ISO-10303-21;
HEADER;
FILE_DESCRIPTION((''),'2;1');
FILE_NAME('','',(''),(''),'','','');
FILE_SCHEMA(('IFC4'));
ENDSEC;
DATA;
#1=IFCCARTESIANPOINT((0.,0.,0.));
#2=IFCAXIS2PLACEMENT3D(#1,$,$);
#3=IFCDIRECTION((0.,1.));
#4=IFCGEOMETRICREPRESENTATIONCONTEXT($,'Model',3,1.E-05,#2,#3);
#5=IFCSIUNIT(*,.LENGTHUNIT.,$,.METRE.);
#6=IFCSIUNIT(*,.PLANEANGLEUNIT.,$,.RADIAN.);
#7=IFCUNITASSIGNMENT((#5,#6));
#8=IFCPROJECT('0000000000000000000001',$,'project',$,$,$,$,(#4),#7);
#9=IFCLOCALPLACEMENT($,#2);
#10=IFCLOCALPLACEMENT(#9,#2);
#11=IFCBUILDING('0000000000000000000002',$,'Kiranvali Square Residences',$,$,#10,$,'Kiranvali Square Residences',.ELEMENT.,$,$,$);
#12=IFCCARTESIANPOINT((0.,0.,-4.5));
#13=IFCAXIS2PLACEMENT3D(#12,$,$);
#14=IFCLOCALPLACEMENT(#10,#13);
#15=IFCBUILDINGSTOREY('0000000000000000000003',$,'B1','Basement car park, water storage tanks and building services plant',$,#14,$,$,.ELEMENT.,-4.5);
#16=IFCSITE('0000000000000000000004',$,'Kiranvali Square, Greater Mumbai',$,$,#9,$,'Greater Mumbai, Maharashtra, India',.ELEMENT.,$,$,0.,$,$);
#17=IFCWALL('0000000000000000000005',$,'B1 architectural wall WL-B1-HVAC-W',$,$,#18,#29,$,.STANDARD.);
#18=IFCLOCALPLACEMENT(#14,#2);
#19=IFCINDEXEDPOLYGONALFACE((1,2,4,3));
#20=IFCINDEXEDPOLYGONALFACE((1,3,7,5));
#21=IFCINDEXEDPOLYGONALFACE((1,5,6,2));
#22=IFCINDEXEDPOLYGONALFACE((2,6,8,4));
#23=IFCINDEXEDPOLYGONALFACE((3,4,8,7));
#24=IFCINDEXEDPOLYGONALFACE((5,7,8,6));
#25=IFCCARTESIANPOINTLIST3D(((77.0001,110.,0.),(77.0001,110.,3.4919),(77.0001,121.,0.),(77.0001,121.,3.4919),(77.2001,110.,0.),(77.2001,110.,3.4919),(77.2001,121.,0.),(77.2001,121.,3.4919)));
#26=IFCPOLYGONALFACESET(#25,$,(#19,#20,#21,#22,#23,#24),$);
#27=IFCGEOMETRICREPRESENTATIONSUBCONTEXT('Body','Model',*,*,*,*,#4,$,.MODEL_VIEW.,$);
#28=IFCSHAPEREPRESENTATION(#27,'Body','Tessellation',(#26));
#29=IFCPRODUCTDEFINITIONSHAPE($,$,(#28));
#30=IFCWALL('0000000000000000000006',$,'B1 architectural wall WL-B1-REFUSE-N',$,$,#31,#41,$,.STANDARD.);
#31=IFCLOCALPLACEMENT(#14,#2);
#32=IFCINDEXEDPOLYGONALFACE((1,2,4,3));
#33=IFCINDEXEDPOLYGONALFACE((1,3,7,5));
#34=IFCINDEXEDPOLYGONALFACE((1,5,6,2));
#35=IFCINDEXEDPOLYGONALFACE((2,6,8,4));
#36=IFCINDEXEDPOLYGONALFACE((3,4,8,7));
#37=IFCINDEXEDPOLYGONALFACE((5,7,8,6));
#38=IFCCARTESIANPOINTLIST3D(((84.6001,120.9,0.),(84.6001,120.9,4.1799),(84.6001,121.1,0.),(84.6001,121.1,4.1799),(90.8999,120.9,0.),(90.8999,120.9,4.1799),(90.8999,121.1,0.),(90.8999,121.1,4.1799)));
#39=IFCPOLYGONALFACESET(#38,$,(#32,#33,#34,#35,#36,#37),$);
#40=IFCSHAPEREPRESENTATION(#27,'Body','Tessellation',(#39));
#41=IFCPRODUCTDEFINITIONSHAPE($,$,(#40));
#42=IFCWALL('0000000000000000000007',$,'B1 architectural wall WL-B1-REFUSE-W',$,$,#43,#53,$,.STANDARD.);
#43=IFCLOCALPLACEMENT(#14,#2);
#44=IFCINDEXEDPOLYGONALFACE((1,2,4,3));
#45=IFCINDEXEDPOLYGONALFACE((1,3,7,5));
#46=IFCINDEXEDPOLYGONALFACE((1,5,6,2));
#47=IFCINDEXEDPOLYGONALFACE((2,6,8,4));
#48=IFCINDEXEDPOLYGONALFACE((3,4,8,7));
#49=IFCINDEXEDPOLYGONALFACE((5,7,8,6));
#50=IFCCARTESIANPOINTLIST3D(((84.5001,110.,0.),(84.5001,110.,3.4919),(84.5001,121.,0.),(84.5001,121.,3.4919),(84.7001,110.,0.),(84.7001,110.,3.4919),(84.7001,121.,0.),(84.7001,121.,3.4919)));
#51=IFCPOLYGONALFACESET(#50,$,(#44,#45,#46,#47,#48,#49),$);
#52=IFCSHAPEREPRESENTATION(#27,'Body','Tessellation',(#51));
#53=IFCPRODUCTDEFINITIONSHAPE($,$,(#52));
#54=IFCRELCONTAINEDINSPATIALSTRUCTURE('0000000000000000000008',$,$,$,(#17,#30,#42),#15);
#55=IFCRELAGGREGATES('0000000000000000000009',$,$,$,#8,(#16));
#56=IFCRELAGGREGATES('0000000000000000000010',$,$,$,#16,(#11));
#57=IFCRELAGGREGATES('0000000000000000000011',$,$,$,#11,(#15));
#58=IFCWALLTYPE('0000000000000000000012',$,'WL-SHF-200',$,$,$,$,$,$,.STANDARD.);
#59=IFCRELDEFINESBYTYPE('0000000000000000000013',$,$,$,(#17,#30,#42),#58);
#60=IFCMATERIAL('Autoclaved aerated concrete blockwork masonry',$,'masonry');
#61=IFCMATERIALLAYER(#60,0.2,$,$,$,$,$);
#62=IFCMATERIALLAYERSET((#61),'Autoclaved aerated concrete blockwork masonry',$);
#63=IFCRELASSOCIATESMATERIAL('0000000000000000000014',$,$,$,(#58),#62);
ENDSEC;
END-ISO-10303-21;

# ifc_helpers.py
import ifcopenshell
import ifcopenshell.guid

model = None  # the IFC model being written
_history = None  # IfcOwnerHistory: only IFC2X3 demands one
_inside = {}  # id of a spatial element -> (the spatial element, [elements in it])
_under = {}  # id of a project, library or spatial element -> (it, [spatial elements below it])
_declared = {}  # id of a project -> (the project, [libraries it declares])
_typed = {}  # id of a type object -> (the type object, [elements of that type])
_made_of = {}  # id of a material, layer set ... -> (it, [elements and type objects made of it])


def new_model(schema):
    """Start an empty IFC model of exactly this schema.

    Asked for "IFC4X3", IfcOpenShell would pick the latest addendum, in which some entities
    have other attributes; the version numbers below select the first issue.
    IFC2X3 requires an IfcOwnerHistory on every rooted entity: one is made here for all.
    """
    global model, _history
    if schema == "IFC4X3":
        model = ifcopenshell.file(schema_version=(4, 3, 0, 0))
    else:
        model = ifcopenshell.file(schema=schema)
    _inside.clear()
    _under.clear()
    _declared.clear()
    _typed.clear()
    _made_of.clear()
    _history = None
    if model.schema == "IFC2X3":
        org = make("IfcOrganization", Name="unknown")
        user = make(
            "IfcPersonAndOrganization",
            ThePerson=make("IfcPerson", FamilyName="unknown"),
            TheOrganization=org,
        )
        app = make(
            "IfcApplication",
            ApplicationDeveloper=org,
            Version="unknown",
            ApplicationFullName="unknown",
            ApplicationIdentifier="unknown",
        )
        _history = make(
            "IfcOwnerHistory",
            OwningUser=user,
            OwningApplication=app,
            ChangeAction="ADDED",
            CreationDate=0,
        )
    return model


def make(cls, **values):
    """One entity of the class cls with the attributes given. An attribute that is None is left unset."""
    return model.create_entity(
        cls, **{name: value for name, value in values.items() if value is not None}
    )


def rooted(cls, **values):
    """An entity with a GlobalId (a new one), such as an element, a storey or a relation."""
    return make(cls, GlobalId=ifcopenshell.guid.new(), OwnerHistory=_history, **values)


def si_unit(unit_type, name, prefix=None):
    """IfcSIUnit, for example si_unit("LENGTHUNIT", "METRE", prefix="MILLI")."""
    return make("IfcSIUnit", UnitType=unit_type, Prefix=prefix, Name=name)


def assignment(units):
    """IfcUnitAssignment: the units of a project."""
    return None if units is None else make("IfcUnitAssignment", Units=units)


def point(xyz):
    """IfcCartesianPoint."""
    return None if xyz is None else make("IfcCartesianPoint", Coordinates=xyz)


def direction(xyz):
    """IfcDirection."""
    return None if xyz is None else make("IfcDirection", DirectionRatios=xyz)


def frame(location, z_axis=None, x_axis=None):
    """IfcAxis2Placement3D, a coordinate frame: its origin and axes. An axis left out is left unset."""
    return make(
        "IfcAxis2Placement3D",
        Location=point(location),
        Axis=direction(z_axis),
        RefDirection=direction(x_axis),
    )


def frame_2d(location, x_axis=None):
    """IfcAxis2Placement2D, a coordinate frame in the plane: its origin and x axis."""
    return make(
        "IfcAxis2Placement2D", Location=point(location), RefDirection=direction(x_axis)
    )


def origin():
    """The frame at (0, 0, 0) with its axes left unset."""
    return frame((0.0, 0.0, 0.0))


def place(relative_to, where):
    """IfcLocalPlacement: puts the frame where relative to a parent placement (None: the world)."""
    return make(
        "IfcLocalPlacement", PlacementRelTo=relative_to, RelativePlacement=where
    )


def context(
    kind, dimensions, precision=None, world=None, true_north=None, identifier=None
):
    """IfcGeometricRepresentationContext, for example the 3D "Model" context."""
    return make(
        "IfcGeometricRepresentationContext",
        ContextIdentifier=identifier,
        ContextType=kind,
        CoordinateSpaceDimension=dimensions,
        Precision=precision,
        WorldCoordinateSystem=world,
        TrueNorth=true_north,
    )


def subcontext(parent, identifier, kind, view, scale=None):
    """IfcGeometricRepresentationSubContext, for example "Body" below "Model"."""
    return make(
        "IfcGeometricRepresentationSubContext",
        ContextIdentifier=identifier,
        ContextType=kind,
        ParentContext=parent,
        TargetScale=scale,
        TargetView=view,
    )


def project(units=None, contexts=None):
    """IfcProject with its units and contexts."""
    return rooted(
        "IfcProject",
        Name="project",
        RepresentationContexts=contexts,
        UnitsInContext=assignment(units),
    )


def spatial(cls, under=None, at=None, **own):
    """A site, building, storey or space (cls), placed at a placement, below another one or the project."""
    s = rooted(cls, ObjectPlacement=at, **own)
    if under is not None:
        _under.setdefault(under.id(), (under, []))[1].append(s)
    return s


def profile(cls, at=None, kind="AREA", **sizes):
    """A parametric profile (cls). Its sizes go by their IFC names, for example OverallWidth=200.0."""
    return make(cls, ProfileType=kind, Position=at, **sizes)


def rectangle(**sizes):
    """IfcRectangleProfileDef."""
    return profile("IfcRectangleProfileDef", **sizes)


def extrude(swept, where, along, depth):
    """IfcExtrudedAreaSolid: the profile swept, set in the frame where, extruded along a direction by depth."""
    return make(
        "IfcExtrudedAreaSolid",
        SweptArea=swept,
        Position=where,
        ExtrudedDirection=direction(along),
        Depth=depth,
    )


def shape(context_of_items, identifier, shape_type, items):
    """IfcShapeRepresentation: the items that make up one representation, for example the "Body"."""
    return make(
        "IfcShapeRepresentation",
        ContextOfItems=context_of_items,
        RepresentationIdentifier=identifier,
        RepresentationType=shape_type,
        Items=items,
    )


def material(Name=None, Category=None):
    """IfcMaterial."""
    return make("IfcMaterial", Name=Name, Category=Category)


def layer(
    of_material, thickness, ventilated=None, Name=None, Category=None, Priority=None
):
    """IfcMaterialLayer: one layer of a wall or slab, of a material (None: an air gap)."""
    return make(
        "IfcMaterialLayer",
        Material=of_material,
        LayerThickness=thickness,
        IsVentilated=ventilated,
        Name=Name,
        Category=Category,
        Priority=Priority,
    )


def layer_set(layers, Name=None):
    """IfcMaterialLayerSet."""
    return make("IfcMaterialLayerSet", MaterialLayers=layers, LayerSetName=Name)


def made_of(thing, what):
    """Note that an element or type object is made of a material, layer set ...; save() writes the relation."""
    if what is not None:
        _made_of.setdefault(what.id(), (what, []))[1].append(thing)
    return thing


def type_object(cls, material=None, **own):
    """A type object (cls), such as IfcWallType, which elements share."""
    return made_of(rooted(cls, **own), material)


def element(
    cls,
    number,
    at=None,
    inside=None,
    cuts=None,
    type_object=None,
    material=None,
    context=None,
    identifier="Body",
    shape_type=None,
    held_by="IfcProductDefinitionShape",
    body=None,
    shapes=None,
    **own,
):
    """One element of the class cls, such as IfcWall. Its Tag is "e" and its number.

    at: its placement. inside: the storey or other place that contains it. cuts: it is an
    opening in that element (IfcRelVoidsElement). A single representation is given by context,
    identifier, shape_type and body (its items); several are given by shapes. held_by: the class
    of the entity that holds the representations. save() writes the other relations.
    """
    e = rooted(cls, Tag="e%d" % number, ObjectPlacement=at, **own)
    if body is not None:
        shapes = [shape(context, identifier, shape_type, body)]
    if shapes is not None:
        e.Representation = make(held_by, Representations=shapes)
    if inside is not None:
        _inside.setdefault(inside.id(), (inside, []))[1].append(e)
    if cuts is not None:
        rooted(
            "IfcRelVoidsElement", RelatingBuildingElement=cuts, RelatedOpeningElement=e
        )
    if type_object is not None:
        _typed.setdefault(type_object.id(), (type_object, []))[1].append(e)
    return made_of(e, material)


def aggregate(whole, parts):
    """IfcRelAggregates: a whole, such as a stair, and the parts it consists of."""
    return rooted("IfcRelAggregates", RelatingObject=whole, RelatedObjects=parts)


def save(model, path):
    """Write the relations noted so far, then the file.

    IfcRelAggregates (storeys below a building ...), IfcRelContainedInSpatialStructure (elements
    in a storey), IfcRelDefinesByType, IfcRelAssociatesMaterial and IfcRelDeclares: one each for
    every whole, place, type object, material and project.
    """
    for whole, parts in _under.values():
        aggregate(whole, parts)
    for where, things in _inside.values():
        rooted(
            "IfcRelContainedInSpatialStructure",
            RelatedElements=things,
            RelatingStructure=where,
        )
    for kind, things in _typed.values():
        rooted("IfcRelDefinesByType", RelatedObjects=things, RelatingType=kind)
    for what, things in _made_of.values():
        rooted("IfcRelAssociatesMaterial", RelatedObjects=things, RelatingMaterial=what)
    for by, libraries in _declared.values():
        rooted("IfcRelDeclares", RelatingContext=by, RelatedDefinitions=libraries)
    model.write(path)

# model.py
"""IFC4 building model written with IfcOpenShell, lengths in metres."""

from ifc_helpers import new_model, si_unit, direction, frame, frame_2d, origin, place, context, subcontext, project, spatial, rectangle, extrude, material, layer, layer_set, type_object, element, save


model = new_model("IFC4")

# Units and contexts
model_context = context("Model", 3, precision=1e-05, world=origin(), true_north=direction((0.0, 1.0)))
body_context = subcontext(model_context, "Body", "Model", "MODEL_VIEW")
ifc_project = project(units=[si_unit("LENGTHUNIT", "METRE"), si_unit("PLANEANGLEUNIT", "RADIAN")], contexts=[model_context])

# Site, building, storey
site_placement = place(None, origin())
site = spatial("IfcSite", under=ifc_project, at=site_placement, Name="Kiranvali Square, Greater Mumbai", LongName="Greater Mumbai, Maharashtra, India", CompositionType="ELEMENT", RefElevation=0.0)
building_placement = place(site_placement, origin())
building = spatial("IfcBuilding", under=site, at=building_placement, Name="Kiranvali Square Residences", LongName="Kiranvali Square Residences", CompositionType="ELEMENT")
storey_placement = place(building_placement, frame((0.0, 0.0, -4.5)))
storey = spatial("IfcBuildingStorey", under=building, at=storey_placement, Name="B1", Description="Basement car park, water storage tanks and building services plant", CompositionType="ELEMENT", Elevation=-4.5)

# Walls
ifc_material_1 = material(Name="Autoclaved aerated concrete blockwork masonry", Category="masonry")
ifc_layer = layer(ifc_material_1, 0.2)
ifc_layer_set = layer_set([ifc_layer], Name="Autoclaved aerated concrete blockwork masonry")
wall_type = type_object("IfcWallType", Name="WL-SHF-200", PredefinedType="STANDARD", material=ifc_layer_set)
wall_1_placement = place(storey_placement, frame((77.1001, 121.0, 0.0), z_axis=(0.0, 0.0, 1.0), x_axis=(0.0, -1.0, 0.0)))
element("IfcWall", 1, at=wall_1_placement, inside=storey, type_object=wall_type, Name="B1 architectural wall WL-B1-HVAC-W", PredefinedType="STANDARD", context=body_context, shape_type="SweptSolid", body=[
    extrude(rectangle(XDim=11.0, YDim=0.2, at=frame_2d((5.5, 0.0))), origin(), (0.0, 0.0, 1.0), 3.4919),
])
wall_2_placement = place(storey_placement, frame((90.8999, 121.0, 0.0), z_axis=(0.0, 0.0, 1.0), x_axis=(-1.0, 0.0, 0.0)))
element("IfcWall", 2, at=wall_2_placement, inside=storey, type_object=wall_type, Name="B1 architectural wall WL-B1-REFUSE-N", PredefinedType="STANDARD", context=body_context, shape_type="SweptSolid", body=[
    extrude(rectangle(XDim=6.2998, YDim=0.2, at=frame_2d((3.1499, 0.0))), origin(), (0.0, 0.0, 1.0), 4.1799),
])
wall_3_placement = place(storey_placement, frame((84.6001, 121.0, 0.0), z_axis=(0.0, 0.0, 1.0), x_axis=(0.0, -1.0, 0.0)))
element("IfcWall", 3, at=wall_3_placement, inside=storey, type_object=wall_type, Name="B1 architectural wall WL-B1-REFUSE-W", PredefinedType="STANDARD", context=body_context, shape_type="SweptSolid", body=[
    extrude(rectangle(XDim=11.0, YDim=0.2, at=frame_2d((5.5, 0.0))), origin(), (0.0, 0.0, 1.0), 3.4919),
])

save(model, "model.ifc")
